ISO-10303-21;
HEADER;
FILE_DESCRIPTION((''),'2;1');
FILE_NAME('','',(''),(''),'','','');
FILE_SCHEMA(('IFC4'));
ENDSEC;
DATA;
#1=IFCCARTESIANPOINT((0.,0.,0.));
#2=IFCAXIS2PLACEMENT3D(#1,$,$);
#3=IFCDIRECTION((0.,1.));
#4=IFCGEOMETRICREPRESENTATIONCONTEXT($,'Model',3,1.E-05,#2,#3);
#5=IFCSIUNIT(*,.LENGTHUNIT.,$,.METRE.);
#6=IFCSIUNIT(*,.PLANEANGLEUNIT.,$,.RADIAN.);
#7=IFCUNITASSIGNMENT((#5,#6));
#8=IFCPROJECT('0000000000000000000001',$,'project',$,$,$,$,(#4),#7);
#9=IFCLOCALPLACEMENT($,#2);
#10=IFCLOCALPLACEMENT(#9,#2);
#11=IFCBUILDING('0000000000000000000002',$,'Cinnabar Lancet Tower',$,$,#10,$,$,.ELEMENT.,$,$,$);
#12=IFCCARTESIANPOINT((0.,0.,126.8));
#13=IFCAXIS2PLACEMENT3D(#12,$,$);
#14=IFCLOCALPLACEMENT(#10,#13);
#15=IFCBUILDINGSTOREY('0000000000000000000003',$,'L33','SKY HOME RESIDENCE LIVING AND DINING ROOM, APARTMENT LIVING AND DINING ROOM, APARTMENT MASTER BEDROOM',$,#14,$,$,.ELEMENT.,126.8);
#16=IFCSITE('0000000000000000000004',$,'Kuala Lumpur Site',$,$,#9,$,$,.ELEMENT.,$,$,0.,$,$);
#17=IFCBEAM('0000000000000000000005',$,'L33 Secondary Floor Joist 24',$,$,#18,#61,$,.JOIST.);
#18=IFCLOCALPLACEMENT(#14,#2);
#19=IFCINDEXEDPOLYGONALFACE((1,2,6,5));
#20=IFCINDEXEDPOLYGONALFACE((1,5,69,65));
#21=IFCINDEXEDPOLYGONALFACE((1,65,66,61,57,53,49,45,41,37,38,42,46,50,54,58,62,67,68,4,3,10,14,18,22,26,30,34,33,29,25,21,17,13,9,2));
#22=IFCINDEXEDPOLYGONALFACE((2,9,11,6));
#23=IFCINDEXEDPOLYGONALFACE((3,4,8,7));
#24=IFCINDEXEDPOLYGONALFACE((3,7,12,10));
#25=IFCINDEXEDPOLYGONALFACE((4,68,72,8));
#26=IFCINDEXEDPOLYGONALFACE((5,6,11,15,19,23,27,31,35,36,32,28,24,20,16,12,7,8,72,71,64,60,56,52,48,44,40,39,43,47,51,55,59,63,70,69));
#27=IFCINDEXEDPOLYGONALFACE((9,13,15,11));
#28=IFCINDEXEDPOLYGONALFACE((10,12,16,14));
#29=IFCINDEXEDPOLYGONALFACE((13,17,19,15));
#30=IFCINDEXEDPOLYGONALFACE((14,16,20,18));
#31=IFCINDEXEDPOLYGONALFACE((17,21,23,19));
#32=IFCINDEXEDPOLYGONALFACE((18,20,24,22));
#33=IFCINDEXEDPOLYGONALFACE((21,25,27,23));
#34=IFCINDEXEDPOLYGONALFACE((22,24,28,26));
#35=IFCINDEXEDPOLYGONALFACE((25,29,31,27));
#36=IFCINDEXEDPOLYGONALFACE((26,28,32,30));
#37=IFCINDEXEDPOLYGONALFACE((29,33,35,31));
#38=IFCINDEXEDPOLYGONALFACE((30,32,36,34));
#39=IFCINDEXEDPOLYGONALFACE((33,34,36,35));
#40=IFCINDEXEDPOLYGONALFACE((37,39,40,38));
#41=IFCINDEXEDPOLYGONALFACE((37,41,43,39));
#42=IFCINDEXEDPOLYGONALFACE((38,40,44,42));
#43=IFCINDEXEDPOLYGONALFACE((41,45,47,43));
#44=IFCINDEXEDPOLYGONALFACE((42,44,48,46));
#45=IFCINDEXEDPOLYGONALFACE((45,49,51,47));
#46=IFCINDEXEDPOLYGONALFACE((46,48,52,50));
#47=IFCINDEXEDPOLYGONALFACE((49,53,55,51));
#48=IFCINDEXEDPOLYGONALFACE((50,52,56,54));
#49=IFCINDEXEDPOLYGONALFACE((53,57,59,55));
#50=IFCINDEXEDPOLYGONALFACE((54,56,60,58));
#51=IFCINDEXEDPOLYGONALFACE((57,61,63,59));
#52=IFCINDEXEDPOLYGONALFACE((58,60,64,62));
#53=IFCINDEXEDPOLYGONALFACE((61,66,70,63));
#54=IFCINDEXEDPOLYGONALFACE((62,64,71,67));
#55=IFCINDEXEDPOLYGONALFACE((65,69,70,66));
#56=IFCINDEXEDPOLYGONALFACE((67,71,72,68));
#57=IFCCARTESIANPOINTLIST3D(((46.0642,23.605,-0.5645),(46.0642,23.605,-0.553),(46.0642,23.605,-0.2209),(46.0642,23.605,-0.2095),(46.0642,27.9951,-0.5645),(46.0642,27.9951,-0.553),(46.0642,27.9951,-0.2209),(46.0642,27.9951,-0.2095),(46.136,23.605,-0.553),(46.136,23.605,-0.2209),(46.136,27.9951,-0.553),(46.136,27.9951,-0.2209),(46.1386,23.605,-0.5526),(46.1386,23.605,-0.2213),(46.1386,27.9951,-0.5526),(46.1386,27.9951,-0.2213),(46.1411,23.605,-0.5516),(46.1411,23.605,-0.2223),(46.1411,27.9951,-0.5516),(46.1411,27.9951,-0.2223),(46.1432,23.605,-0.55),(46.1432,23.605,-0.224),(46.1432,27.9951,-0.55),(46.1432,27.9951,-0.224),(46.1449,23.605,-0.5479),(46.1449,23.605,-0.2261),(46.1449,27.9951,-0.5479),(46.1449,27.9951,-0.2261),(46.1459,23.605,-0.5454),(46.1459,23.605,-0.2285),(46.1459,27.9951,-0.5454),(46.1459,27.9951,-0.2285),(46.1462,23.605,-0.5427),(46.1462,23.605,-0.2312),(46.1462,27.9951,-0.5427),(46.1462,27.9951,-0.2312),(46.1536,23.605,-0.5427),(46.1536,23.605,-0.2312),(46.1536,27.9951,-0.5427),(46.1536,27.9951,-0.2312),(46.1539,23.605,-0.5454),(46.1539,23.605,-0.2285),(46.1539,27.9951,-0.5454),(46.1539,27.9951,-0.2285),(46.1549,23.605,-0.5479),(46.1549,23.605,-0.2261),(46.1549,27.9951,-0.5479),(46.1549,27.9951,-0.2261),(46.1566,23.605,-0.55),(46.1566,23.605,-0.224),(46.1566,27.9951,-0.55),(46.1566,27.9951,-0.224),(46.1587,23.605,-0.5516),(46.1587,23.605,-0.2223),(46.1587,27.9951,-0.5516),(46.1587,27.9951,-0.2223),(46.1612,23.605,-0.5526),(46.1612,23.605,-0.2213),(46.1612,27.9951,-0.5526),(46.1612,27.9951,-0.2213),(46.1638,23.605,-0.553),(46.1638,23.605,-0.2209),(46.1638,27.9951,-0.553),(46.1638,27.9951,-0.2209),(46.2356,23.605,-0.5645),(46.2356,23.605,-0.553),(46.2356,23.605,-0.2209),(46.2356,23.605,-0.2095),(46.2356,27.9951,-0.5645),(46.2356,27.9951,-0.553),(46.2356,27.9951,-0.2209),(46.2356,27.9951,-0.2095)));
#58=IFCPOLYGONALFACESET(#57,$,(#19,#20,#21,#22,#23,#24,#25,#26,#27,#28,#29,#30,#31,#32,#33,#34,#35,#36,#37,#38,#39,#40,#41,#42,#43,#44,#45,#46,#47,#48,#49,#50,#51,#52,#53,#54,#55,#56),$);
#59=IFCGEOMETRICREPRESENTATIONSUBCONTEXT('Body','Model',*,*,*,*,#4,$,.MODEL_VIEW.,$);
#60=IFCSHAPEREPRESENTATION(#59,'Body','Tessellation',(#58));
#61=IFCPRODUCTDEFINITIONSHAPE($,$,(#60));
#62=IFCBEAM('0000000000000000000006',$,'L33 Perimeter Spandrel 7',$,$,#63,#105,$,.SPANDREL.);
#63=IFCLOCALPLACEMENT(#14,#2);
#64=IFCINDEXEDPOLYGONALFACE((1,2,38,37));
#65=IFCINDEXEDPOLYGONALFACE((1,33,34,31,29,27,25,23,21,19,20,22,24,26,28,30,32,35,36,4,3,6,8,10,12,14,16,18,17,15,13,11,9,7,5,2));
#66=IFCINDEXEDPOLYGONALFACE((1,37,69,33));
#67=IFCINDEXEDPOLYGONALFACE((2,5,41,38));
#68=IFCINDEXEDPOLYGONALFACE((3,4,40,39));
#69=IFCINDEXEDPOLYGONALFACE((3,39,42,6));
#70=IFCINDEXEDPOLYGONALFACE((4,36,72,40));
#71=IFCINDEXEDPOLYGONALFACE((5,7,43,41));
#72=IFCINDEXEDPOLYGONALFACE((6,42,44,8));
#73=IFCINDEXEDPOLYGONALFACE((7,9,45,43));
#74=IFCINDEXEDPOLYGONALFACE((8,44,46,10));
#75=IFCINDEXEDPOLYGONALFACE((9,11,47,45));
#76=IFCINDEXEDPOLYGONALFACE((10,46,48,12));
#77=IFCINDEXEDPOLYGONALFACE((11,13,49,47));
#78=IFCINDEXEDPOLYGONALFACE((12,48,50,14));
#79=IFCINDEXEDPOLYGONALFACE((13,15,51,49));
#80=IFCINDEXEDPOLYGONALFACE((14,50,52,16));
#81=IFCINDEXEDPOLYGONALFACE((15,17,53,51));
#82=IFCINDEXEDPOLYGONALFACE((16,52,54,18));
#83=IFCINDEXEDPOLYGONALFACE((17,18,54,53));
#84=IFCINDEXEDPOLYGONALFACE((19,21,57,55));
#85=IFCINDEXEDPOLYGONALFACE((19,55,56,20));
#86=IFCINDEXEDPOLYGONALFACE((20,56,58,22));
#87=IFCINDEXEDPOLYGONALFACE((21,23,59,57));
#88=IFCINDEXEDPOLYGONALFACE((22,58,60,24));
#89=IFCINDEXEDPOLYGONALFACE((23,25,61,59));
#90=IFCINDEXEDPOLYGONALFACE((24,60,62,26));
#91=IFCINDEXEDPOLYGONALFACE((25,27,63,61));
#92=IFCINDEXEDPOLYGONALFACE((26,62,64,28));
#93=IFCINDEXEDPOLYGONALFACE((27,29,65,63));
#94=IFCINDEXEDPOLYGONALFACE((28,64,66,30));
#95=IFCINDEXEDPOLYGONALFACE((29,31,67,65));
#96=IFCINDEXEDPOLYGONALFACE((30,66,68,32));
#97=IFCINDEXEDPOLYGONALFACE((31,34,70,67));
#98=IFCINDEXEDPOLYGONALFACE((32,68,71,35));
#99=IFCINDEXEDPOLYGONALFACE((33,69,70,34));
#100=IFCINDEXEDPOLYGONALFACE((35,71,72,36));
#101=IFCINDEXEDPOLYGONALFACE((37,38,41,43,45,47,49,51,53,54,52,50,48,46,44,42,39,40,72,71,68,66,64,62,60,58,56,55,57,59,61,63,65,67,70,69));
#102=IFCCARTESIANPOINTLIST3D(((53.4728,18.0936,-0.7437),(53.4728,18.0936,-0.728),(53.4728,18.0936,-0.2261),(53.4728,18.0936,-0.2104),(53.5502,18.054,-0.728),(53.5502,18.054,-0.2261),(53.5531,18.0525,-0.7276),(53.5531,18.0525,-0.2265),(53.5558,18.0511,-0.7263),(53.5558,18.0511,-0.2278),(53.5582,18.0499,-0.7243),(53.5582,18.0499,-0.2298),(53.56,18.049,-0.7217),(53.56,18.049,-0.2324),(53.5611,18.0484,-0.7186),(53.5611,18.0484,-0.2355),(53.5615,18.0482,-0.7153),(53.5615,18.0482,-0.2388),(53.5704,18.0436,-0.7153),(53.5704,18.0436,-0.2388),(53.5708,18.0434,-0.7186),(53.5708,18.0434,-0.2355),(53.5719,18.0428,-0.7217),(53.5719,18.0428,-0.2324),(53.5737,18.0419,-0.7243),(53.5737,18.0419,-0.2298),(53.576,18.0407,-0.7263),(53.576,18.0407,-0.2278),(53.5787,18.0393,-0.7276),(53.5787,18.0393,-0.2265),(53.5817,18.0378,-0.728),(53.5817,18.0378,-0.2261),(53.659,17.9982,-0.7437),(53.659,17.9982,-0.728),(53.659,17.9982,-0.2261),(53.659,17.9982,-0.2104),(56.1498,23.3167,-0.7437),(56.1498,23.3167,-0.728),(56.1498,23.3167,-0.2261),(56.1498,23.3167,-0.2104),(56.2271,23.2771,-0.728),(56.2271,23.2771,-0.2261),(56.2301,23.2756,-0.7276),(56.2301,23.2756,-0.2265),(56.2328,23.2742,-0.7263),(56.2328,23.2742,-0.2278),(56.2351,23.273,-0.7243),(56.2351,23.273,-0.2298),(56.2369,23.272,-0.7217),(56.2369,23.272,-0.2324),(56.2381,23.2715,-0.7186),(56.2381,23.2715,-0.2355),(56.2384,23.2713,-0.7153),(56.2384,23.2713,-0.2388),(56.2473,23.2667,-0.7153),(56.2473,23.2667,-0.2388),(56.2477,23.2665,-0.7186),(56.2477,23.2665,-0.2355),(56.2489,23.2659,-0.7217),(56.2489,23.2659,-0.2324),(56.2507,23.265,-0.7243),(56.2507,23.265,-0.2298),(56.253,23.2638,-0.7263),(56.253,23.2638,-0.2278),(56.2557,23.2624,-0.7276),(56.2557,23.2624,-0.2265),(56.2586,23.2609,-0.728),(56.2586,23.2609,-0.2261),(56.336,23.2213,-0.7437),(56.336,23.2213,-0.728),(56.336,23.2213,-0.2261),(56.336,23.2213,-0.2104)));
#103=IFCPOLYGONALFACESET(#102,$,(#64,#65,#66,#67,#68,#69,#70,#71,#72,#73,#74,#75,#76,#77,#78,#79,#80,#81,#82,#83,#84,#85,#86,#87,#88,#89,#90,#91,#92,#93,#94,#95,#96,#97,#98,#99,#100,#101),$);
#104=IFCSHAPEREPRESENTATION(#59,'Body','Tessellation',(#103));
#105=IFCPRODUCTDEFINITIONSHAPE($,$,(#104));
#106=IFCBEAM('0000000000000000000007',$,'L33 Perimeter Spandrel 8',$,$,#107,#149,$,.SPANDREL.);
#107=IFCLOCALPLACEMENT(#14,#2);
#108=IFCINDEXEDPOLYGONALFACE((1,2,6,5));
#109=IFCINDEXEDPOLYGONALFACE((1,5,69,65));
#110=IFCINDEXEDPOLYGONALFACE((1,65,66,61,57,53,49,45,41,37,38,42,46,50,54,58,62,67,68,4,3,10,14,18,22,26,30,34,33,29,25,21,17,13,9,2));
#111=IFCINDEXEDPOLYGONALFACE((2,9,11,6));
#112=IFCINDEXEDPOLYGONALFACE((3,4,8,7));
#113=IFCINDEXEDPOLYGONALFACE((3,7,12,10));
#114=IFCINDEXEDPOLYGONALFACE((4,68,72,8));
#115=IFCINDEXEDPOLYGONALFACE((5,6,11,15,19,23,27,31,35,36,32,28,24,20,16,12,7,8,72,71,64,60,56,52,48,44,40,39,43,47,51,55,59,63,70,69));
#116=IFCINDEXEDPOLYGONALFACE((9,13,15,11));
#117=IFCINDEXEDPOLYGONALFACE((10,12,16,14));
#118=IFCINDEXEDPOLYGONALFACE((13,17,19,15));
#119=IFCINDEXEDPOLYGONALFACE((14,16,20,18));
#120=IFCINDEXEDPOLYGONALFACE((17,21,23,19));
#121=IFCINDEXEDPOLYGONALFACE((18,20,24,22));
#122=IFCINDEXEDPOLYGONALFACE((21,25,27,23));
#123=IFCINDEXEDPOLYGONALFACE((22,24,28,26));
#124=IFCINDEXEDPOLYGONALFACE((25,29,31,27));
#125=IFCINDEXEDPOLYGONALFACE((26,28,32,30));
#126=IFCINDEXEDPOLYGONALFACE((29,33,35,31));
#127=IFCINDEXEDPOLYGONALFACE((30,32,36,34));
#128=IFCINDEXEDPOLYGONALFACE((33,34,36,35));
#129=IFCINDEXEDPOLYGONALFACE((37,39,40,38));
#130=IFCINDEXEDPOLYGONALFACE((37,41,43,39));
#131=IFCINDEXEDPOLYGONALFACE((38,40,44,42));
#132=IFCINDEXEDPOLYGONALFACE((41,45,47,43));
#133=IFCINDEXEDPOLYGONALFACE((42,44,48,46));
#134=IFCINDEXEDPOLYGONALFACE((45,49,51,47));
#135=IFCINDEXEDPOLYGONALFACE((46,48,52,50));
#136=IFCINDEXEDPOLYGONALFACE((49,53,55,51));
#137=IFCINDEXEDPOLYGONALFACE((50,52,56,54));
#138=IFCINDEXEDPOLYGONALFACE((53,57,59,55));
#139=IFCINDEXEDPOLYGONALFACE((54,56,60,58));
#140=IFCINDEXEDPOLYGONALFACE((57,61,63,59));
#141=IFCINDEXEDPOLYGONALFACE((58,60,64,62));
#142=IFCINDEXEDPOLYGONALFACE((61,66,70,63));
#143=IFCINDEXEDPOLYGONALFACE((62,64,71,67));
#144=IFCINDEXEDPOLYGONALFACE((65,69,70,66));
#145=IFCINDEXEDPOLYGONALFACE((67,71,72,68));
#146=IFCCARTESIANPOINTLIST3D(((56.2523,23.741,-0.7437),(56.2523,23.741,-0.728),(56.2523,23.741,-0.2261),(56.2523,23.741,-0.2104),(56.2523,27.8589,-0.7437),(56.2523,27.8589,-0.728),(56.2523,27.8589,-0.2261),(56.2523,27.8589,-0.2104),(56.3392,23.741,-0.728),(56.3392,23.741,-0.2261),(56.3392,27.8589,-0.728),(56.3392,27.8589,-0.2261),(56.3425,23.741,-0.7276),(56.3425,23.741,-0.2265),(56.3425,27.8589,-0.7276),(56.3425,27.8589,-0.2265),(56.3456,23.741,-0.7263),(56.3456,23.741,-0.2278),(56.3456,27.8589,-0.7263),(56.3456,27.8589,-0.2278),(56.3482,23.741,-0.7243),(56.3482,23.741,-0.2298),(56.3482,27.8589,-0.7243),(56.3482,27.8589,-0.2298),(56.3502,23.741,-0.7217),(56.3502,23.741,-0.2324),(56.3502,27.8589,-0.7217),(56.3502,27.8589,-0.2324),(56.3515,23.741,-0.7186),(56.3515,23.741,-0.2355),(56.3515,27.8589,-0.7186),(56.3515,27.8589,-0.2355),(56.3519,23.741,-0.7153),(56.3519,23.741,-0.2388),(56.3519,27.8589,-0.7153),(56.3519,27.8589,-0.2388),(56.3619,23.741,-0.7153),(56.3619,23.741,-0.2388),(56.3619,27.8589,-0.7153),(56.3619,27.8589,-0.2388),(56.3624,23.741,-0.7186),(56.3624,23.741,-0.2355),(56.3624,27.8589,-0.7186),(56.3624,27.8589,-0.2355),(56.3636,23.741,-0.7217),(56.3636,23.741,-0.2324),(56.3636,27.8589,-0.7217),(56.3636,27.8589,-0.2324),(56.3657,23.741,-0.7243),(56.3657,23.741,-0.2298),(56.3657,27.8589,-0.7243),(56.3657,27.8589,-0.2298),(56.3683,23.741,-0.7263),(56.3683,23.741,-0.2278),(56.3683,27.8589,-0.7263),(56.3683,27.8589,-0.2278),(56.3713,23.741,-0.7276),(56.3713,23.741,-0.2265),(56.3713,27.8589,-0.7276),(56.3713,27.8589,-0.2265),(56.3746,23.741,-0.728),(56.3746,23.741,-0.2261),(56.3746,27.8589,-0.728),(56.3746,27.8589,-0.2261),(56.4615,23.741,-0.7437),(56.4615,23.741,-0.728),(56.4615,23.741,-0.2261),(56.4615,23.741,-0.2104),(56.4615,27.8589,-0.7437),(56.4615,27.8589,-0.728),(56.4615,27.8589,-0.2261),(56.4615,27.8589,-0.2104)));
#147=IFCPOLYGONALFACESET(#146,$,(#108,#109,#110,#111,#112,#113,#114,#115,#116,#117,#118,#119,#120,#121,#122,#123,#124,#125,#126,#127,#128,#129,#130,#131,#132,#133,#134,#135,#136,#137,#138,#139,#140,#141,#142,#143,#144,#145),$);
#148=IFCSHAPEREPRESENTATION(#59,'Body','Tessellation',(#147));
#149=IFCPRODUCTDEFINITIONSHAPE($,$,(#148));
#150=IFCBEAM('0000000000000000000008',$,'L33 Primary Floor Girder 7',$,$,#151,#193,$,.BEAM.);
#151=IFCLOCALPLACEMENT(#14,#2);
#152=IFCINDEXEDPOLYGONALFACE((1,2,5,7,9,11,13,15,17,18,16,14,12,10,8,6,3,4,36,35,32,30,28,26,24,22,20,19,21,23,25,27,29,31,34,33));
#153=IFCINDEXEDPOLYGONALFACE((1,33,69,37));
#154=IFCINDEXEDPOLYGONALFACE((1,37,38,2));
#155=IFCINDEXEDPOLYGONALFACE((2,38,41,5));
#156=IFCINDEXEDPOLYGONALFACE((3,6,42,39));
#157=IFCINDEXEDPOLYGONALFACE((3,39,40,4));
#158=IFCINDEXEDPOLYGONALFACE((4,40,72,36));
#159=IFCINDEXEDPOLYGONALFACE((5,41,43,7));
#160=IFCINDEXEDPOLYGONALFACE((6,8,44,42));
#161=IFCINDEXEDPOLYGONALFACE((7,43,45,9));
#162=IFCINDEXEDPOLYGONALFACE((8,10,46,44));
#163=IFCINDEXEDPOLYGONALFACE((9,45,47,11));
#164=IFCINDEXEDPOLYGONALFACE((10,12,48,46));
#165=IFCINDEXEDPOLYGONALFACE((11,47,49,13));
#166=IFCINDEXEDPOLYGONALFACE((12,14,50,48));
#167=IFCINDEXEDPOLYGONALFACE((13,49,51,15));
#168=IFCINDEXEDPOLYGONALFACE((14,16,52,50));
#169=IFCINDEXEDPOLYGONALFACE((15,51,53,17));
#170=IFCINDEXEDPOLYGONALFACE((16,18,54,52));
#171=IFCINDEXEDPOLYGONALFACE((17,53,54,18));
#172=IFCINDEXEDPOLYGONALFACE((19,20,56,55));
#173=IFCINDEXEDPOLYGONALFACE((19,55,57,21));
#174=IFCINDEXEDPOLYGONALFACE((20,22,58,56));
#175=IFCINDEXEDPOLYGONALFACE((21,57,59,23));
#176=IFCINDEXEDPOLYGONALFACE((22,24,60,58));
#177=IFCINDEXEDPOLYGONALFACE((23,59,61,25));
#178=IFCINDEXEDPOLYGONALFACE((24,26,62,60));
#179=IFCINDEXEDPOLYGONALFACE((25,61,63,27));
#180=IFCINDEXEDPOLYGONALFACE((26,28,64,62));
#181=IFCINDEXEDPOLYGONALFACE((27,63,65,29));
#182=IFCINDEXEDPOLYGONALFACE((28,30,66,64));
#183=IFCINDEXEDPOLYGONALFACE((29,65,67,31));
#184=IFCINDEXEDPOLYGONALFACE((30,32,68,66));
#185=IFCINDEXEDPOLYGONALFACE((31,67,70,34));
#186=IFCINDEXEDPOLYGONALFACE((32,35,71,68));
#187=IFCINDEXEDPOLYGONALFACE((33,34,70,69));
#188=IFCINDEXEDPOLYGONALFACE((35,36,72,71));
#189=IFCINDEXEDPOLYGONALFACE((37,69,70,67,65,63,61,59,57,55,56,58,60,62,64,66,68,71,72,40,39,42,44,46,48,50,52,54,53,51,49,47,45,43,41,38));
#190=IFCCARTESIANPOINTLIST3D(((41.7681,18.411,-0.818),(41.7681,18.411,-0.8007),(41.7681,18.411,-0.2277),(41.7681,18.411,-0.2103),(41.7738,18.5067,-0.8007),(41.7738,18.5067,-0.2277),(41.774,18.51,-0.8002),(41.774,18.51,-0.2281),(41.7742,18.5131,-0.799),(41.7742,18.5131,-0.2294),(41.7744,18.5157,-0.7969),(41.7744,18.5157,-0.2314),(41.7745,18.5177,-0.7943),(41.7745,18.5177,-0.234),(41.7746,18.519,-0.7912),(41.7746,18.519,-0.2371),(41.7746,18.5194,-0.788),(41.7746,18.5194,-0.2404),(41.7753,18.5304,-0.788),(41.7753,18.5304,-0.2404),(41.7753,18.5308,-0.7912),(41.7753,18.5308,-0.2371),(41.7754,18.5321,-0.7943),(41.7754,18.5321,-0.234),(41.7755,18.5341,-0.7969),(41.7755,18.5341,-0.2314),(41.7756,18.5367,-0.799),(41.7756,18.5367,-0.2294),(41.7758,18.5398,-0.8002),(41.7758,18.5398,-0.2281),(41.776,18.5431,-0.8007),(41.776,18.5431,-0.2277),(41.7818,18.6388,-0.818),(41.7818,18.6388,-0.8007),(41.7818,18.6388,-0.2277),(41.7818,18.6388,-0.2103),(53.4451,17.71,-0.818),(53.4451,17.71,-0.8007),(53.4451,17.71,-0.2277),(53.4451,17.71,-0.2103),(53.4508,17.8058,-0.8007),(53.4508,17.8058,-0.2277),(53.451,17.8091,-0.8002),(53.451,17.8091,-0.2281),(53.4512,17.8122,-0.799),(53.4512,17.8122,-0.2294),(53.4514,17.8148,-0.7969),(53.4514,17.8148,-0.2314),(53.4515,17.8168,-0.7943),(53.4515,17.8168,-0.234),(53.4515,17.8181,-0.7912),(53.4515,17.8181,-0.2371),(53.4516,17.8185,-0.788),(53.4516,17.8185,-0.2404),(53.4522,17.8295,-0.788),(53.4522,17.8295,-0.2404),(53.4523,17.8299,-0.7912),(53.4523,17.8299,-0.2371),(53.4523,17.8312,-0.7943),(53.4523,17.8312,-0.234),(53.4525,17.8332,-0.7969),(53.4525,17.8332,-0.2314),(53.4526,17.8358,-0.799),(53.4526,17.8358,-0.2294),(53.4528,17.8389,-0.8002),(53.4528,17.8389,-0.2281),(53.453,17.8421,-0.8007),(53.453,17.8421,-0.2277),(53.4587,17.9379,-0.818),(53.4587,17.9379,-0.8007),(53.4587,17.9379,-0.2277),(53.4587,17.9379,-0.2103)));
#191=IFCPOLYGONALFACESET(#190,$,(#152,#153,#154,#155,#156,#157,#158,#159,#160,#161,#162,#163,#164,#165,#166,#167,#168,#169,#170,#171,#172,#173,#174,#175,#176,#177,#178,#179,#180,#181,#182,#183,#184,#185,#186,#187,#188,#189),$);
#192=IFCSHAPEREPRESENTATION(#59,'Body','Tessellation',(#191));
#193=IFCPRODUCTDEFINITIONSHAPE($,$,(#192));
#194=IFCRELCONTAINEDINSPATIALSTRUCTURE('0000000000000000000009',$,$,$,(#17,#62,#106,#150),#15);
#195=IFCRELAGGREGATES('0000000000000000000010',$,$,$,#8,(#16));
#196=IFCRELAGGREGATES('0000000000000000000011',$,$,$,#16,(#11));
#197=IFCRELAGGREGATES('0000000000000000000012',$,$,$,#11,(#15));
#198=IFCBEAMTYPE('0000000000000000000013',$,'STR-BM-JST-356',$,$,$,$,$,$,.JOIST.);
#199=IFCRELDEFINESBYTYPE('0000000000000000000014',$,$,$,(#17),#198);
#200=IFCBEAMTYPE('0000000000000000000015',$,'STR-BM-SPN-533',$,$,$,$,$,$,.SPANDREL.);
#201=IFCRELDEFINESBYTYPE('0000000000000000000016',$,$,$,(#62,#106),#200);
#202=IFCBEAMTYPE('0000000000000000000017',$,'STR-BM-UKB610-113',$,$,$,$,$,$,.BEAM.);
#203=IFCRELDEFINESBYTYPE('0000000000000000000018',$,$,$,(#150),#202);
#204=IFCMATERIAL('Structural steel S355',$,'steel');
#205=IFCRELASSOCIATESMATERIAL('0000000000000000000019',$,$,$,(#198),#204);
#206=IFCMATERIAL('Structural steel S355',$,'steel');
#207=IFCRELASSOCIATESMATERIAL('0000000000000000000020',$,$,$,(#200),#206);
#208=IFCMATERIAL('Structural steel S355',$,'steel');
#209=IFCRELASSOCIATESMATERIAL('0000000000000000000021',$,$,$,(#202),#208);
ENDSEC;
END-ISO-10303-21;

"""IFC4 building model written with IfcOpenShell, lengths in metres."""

from ifc_helpers import new_model, si_unit, direction, frame, origin, origin_2d, place, context, subcontext, project, spatial, i_section, extrude, material, material_profile, profile_set, type_object, element, save


model = new_model("IFC4")

# Units and contexts
model_context = context("Model", 3, precision=1e-05, world=origin(), true_north=direction((0.0, 1.0)))
body_context = subcontext(model_context, "Body", "Model", "MODEL_VIEW")
ifc_project = project(units=[si_unit("LENGTHUNIT", "METRE"), si_unit("PLANEANGLEUNIT", "RADIAN")], contexts=[model_context])

# Site, building, storey
site_placement = place(None, origin())
site = spatial("IfcSite", under=ifc_project, at=site_placement, Name="Kuala Lumpur Site", CompositionType="ELEMENT", RefElevation=0.0)
building_placement = place(site_placement, origin())
building = spatial("IfcBuilding", under=site, at=building_placement, Name="Cinnabar Lancet Tower", CompositionType="ELEMENT")
storey_placement = place(building_placement, frame((0.0, 0.0, 126.8)))
storey = spatial("IfcBuildingStorey", under=building, at=storey_placement, Name="L33", Description="SKY HOME RESIDENCE LIVING AND DINING ROOM, APARTMENT LIVING AND DINING ROOM, APARTMENT MASTER BEDROOM", CompositionType="ELEMENT", Elevation=126.8)

# Beams
ifc_material_1 = material(Name="Structural steel S355", Category="steel")
ifc_material_profile_1 = material_profile(ifc_material_1, i_section(OverallWidth=0.1714, OverallDepth=0.355, WebThickness=0.0073, FlangeThickness=0.0115, FilletRadius=0.0103, at=origin_2d()), Name="UKB 356x171x51")
ifc_profile_set_1 = profile_set([ifc_material_profile_1], Name="Structural steel S355")
beam_type_1 = type_object("IfcBeamType", Name="STR-BM-JST-356", PredefinedType="JOIST", material=ifc_profile_set_1)
for number, where, z_axis, x_axis, name in (
    (1, (46.1499, 23.605, -0.387), (0.0, 1.0, 0.0), (-1.0, 0.0, 0.0), "L33 Secondary Floor Joist 24"),
):
    element("IfcBeam", number, at=place(storey_placement, frame(where, z_axis=z_axis, x_axis=x_axis)), inside=storey, type_object=beam_type_1, Name=name, PredefinedType="JOIST", context=body_context, shape_type="SweptSolid", body=[
        extrude(i_section(OverallWidth=0.1714, OverallDepth=0.355, WebThickness=0.0073, FlangeThickness=0.0115, FilletRadius=0.0103, at=origin_2d()), origin(), (0.0, 0.0, 1.0), 4.3901),
    ])
ifc_material_2 = material(Name="Structural steel S355", Category="steel")
ifc_material_profile_2 = material_profile(ifc_material_2, i_section(OverallWidth=0.2092, OverallDepth=0.5332, WebThickness=0.01, FlangeThickness=0.0156, FilletRadius=0.0127, at=origin_2d()), Name="UKB 533x210x92")
ifc_profile_set_2 = profile_set([ifc_material_profile_2], Name="Structural steel S355")
beam_type_2 = type_object("IfcBeamType", Name="STR-BM-SPN-533", PredefinedType="SPANDREL", material=ifc_profile_set_2)
beam_1_placement = place(storey_placement, frame((53.5659, 18.0459, -0.4771), z_axis=(0.45611, 0.889924, 0.0), x_axis=(-0.889924, 0.45611, 0.0)))
element("IfcBeam", 2, at=beam_1_placement, inside=storey, type_object=beam_type_2, Name="L33 Perimeter Spandrel 7", PredefinedType="SPANDREL", context=body_context, shape_type="SweptSolid", body=[
    extrude(i_section(OverallWidth=0.2092, OverallDepth=0.5332, WebThickness=0.01, FlangeThickness=0.0156, FilletRadius=0.0127, at=origin_2d()), origin(), (0.0, 0.0, 1.0), 5.8691),
])
beam_2_placement = place(storey_placement, frame((56.3569, 23.741, -0.4771), z_axis=(0.0, 1.0, 0.0), x_axis=(-1.0, 0.0, 0.0)))
element("IfcBeam", 3, at=beam_2_placement, inside=storey, type_object=beam_type_2, Name="L33 Perimeter Spandrel 8", PredefinedType="SPANDREL", context=body_context, shape_type="SweptSolid", body=[
    extrude(i_section(OverallWidth=0.2092, OverallDepth=0.5332, WebThickness=0.01, FlangeThickness=0.0156, FilletRadius=0.0127, at=origin_2d()), origin(), (0.0, 0.0, 1.0), 4.1179),
])
ifc_material_3 = material(Name="Structural steel S355", Category="steel")
ifc_material_profile_3 = material_profile(ifc_material_3, i_section(OverallWidth=0.2283, OverallDepth=0.6077, WebThickness=0.011, FlangeThickness=0.0173, FilletRadius=0.0127, at=origin_2d()), Name="UKB 610x229x113")
ifc_profile_set_3 = profile_set([ifc_material_profile_3], Name="Structural steel S355")
beam_type_3 = type_object("IfcBeamType", Name="STR-BM-UKB610-113", PredefinedType="BEAM", material=ifc_profile_set_3)
beam_3_placement = place(storey_placement, frame((53.4519, 17.824, -0.5142), z_axis=(-0.998203, 0.059918, 0.0), x_axis=(-0.059918, -0.998203, 0.0)))
element("IfcBeam", 4, at=beam_3_placement, inside=storey, type_object=beam_type_3, Name="L33 Primary Floor Girder 7", PredefinedType="BEAM", context=body_context, shape_type="SweptSolid", body=[
    extrude(i_section(OverallWidth=0.2283, OverallDepth=0.6077, WebThickness=0.011, FlangeThickness=0.0173, FilletRadius=0.0127, at=origin_2d()), origin(), (0.0, 0.0, 1.0), 11.698),
])

save(model, "model.ifc")
